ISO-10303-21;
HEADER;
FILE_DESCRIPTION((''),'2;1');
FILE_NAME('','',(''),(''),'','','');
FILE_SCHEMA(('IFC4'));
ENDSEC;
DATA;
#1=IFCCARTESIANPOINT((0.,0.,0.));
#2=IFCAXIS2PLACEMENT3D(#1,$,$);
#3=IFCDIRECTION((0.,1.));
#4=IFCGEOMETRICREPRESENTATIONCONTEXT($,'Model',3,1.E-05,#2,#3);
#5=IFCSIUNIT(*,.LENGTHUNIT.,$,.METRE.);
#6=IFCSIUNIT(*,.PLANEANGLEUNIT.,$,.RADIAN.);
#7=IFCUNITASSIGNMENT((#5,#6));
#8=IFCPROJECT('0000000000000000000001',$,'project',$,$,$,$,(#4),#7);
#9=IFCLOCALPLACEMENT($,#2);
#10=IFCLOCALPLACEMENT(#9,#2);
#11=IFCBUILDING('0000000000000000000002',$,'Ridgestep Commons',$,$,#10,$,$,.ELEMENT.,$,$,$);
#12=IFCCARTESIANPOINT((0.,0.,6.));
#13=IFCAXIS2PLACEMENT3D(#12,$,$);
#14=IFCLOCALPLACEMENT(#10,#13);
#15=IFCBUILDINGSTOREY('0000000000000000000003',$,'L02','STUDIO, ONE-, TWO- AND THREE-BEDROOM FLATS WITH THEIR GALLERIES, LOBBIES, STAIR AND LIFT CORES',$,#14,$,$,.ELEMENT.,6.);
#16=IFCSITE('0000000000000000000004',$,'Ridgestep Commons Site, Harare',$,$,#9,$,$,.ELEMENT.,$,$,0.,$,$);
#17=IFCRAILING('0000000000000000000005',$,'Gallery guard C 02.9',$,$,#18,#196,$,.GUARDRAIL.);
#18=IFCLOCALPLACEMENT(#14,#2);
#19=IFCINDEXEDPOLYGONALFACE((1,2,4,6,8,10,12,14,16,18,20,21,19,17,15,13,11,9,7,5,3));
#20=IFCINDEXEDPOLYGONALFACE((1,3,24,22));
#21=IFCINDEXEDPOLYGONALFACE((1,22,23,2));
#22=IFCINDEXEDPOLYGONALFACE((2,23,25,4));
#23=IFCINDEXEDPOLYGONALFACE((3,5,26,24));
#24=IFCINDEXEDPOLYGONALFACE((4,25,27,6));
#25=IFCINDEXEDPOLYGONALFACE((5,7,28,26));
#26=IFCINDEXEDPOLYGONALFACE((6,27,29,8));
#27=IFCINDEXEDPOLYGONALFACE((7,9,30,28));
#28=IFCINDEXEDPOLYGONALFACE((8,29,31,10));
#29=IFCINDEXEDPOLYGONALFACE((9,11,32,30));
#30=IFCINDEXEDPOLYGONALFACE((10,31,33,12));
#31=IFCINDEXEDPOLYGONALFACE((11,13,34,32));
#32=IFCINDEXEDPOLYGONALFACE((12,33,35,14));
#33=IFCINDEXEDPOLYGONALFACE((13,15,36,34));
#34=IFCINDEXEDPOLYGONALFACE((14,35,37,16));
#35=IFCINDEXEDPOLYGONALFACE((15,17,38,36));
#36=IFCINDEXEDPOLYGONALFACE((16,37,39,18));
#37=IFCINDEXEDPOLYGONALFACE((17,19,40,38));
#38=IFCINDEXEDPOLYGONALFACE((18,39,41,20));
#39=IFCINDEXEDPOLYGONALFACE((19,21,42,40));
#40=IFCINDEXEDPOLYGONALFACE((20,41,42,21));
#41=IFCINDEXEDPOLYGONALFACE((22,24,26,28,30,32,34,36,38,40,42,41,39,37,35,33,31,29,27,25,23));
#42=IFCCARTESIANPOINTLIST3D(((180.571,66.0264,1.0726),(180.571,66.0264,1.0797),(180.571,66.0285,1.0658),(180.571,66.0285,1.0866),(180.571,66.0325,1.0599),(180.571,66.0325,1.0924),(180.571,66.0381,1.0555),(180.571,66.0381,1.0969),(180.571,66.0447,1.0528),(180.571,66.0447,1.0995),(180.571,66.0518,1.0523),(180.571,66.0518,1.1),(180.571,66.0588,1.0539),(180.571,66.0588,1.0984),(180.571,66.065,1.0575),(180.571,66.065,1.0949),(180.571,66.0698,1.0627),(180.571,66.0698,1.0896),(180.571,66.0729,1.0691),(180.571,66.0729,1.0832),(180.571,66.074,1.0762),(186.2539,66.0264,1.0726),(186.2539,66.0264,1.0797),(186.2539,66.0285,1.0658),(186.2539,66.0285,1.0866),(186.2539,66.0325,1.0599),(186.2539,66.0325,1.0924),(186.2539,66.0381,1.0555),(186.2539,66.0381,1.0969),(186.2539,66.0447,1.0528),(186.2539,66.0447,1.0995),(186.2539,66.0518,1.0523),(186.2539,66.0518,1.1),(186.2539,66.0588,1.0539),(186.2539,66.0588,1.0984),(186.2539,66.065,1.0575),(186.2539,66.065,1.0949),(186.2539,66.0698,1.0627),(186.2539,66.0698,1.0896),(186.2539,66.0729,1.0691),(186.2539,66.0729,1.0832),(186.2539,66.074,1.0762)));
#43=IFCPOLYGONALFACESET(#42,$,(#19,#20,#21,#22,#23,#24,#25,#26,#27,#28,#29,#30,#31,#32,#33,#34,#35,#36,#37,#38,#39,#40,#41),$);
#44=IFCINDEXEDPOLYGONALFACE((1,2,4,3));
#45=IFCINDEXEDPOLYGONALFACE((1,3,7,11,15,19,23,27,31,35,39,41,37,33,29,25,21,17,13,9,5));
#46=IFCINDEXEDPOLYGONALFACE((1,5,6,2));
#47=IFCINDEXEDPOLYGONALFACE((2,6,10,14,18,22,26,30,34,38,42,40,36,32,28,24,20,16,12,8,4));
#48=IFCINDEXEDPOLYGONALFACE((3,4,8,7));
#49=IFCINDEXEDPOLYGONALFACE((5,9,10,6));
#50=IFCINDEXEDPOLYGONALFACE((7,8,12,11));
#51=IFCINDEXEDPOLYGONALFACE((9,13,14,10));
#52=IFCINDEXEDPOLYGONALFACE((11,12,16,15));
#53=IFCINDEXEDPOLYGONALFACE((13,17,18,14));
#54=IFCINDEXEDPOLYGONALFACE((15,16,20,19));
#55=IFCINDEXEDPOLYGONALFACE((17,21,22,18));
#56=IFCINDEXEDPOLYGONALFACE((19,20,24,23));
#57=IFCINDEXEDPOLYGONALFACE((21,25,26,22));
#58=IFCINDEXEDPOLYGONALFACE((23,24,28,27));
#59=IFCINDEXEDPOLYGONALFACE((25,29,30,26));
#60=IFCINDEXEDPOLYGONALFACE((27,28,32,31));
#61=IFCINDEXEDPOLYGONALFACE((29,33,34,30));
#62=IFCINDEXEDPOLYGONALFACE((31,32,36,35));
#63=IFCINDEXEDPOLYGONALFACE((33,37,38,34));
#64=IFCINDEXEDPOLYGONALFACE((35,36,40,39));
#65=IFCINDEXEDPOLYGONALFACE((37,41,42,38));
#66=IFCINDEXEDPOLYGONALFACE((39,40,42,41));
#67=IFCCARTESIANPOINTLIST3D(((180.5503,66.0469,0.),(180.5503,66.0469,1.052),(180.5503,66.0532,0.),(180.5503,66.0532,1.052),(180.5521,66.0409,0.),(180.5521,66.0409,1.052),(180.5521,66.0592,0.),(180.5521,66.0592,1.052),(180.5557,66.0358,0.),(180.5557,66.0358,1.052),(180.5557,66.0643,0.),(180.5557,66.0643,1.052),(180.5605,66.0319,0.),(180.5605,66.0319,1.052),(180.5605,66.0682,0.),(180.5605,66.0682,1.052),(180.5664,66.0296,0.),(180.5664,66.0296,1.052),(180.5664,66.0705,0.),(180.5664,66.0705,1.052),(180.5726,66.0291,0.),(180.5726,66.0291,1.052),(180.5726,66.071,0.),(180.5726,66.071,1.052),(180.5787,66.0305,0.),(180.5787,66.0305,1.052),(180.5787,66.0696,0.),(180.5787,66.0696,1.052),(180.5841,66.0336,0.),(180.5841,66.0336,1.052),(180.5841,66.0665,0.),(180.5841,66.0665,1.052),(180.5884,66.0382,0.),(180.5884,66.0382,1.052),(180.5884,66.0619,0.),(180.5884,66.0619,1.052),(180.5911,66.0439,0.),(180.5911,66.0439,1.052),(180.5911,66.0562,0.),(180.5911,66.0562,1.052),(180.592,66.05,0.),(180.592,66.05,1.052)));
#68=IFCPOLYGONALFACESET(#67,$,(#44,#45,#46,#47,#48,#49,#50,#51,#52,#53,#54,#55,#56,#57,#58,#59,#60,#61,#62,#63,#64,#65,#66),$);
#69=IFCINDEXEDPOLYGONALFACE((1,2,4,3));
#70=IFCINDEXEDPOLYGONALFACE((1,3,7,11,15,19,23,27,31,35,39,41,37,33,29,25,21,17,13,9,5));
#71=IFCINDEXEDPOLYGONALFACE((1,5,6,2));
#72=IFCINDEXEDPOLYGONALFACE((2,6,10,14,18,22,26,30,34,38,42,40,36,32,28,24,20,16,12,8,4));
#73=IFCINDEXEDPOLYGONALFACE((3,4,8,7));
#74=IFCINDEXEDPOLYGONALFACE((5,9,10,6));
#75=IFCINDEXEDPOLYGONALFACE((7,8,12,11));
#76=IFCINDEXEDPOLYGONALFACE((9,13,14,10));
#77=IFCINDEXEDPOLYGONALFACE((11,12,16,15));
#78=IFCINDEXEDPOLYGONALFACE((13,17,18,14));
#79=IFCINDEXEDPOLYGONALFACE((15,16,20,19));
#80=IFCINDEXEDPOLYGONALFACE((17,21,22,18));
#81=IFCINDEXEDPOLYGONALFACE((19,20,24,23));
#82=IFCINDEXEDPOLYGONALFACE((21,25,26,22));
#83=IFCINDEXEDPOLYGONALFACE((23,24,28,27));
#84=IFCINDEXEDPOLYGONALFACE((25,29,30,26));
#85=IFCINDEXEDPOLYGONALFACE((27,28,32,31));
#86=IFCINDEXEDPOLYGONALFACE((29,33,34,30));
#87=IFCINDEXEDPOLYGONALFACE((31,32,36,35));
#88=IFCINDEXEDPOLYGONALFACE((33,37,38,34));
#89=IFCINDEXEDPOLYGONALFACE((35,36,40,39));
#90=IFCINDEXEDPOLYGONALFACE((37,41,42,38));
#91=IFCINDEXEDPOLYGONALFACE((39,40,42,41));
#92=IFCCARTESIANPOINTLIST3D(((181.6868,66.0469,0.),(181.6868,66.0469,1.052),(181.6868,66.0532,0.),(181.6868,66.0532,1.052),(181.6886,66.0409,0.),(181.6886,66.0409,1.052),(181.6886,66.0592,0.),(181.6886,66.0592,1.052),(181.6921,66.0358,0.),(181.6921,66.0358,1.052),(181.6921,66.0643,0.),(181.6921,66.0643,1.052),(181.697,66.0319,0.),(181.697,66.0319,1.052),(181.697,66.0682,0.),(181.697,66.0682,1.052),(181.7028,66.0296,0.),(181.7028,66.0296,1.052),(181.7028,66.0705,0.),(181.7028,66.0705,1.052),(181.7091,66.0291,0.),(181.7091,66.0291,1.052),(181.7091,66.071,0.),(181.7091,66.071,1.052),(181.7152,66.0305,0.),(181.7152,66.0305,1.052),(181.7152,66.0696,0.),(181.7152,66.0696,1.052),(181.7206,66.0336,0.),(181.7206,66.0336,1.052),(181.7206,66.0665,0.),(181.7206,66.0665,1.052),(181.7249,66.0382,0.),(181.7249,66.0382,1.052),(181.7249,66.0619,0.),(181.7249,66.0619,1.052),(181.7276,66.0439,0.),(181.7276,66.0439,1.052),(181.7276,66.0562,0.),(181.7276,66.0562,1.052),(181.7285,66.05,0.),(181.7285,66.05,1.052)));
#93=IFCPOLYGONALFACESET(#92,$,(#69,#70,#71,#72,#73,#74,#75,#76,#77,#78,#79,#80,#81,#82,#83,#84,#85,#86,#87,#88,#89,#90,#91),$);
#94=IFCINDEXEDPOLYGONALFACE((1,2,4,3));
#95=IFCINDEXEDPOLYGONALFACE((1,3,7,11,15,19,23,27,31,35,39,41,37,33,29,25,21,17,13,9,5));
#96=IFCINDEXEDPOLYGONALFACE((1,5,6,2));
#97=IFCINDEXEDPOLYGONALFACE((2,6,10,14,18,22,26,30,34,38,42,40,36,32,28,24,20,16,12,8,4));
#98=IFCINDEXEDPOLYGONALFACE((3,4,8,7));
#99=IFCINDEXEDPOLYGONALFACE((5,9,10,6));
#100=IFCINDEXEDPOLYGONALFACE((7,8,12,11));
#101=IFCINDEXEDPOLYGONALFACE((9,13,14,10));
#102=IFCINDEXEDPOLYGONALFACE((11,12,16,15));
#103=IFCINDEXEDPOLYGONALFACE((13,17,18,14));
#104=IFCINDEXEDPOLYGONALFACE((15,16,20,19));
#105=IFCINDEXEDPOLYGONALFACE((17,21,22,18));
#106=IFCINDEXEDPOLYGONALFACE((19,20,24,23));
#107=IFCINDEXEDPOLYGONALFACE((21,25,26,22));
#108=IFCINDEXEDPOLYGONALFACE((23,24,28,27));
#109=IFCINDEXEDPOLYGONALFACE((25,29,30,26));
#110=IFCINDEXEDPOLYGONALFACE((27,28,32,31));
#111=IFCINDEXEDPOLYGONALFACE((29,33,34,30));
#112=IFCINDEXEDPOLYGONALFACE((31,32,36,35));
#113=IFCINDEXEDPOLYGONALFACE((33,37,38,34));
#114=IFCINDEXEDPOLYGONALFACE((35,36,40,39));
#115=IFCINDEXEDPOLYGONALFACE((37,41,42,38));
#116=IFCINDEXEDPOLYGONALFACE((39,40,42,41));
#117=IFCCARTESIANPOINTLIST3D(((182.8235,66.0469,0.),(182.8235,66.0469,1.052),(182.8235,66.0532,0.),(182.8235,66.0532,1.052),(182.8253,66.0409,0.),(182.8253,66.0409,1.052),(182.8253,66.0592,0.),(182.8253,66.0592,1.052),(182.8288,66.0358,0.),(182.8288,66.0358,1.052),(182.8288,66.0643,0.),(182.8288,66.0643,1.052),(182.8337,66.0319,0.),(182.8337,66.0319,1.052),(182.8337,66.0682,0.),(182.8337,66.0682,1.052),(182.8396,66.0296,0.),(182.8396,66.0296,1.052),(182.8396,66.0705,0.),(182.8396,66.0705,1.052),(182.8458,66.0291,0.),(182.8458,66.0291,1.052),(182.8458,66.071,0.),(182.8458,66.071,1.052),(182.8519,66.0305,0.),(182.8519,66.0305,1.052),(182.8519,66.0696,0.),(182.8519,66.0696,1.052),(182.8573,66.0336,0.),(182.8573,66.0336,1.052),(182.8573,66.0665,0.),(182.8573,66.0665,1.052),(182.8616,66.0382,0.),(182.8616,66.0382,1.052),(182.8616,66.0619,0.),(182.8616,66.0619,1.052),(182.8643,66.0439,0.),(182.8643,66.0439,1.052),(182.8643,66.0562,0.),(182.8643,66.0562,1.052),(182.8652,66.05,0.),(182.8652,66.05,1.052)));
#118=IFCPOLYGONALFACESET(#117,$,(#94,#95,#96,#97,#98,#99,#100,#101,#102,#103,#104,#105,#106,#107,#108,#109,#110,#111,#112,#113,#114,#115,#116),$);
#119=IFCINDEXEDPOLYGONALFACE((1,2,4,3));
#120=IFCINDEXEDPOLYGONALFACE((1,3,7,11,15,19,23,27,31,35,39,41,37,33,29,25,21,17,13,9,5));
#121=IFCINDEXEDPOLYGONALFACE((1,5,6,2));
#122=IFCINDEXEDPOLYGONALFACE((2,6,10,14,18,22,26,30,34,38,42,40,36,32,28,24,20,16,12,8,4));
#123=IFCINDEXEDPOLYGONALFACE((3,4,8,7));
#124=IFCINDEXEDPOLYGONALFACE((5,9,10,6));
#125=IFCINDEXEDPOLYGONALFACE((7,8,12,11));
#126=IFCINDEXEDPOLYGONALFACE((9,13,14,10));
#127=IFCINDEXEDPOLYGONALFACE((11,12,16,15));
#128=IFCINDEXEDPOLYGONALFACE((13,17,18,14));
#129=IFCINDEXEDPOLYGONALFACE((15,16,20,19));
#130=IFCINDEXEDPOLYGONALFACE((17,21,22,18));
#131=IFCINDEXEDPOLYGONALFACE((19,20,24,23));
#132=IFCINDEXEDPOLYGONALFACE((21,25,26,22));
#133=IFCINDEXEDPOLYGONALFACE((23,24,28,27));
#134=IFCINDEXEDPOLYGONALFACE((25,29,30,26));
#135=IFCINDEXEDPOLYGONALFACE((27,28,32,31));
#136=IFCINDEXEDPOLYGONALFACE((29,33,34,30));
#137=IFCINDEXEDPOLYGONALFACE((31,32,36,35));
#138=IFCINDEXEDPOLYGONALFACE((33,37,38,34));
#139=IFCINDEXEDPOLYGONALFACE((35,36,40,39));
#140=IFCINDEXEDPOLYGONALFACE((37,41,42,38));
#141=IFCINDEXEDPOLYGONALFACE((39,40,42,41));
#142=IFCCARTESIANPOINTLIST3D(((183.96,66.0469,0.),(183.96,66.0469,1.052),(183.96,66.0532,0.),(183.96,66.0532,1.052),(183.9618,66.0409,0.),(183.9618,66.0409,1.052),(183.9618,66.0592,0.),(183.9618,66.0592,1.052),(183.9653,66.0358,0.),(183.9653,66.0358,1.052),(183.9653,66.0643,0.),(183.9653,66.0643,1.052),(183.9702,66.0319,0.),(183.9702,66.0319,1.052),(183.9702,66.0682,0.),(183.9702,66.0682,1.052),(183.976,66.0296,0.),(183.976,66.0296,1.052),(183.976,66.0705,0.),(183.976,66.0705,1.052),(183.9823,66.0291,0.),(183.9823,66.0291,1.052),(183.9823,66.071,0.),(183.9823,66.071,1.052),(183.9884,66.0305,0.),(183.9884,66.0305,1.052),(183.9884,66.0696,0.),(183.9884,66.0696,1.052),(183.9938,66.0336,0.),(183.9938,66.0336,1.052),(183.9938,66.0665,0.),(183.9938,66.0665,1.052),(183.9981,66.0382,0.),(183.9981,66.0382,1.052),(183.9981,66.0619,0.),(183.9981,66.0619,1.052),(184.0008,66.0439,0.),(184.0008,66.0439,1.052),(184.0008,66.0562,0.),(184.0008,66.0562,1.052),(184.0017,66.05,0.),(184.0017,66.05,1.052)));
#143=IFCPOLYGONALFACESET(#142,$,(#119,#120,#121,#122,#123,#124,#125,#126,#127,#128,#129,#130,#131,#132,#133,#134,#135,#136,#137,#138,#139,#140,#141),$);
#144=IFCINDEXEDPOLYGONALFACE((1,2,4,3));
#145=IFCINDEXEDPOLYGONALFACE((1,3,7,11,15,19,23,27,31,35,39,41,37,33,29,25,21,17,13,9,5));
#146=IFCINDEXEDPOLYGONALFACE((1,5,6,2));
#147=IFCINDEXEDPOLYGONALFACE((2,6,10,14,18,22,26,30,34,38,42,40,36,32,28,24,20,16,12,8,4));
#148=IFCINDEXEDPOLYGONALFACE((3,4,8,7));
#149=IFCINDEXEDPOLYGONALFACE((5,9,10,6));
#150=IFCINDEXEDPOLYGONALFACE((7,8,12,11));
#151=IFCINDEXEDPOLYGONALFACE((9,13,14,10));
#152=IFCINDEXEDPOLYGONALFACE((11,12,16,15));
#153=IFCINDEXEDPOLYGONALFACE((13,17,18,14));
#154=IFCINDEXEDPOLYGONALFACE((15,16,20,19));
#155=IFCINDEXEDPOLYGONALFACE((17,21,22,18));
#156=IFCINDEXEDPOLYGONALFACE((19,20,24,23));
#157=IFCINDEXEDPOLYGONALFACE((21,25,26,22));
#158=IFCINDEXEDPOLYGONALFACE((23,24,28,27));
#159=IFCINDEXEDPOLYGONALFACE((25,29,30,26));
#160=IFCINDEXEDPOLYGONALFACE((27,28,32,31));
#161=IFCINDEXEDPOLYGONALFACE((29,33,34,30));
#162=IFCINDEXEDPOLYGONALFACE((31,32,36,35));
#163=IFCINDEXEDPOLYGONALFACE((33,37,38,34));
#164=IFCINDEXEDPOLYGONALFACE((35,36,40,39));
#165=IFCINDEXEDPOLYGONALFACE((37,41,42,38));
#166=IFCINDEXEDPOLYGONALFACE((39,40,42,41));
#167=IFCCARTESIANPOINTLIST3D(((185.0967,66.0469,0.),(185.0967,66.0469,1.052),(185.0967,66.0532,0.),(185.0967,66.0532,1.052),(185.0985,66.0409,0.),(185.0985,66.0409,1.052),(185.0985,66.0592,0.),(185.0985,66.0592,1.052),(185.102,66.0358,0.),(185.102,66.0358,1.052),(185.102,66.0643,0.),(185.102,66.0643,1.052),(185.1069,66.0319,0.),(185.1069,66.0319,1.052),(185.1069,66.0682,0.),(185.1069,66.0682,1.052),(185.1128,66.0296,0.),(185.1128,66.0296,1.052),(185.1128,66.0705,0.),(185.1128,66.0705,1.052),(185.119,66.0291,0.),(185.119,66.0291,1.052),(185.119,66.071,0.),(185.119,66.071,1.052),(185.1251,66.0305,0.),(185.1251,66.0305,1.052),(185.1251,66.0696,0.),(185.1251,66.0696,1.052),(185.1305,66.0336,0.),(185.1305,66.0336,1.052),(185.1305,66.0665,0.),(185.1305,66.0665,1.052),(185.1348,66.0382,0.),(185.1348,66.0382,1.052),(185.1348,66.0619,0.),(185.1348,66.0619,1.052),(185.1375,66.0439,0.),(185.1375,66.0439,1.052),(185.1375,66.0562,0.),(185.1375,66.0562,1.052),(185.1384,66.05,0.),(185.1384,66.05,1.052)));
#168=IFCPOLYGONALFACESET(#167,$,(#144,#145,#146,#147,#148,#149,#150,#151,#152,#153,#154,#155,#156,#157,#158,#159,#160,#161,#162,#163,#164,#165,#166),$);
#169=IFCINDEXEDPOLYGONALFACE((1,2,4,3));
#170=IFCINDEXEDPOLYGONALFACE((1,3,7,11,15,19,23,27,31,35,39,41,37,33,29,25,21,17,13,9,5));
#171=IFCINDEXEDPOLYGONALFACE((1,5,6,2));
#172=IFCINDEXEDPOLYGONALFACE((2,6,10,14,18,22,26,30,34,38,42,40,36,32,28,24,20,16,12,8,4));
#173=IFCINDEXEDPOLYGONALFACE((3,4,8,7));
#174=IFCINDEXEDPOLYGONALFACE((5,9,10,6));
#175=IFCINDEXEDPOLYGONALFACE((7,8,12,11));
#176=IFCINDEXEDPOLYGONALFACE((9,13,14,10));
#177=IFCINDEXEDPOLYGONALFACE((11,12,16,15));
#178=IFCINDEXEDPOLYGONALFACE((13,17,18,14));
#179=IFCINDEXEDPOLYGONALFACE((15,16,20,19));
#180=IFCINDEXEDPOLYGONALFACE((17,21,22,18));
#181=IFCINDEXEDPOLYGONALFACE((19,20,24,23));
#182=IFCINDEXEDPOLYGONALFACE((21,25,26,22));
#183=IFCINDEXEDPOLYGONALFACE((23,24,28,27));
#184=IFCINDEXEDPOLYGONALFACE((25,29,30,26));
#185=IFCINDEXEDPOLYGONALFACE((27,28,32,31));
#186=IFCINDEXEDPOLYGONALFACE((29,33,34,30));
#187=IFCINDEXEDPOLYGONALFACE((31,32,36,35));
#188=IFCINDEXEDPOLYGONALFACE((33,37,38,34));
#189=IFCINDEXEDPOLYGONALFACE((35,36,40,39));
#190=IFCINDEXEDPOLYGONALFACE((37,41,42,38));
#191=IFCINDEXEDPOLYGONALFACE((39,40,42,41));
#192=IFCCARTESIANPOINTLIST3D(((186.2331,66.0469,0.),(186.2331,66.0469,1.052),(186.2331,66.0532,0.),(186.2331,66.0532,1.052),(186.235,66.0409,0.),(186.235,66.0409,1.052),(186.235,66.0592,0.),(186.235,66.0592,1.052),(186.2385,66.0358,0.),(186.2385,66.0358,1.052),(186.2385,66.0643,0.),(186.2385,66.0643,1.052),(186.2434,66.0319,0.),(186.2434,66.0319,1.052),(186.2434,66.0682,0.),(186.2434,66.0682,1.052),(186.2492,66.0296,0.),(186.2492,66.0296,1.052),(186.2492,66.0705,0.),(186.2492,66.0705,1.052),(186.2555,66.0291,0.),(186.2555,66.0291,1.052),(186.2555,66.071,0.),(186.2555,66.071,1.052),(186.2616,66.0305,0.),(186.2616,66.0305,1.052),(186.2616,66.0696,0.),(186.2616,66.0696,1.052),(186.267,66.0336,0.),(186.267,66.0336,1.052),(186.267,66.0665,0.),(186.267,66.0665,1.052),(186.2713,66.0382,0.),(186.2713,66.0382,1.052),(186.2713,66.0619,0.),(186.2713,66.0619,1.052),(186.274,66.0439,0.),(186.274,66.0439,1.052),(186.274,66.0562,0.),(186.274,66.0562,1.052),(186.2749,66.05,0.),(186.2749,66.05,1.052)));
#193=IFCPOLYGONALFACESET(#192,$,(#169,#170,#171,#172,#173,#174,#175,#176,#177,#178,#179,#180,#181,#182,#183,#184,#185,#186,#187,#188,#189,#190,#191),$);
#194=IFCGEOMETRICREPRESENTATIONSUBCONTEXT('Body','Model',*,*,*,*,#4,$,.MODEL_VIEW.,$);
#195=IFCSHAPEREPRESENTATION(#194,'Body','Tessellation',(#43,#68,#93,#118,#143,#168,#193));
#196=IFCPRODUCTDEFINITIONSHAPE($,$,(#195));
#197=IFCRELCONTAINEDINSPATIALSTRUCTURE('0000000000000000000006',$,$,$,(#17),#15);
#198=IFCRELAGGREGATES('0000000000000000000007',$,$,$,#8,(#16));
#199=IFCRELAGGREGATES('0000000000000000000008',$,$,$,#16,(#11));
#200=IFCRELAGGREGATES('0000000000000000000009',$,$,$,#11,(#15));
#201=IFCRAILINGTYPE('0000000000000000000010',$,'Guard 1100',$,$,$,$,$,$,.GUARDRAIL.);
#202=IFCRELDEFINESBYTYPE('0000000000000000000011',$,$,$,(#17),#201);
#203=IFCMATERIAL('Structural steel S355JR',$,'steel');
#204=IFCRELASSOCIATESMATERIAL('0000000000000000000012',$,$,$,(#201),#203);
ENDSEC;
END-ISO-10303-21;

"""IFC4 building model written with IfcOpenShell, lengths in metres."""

from ifc_helpers import new_model, si_unit, direction, frame, origin, origin_2d, place, context, subcontext, project, spatial, circle, extrude, material, type_object, element, save


model = new_model("IFC4")

# Units and contexts
model_context = context("Model", 3, precision=1e-05, world=origin(), true_north=direction((0.0, 1.0)))
body_context = subcontext(model_context, "Body", "Model", "MODEL_VIEW")
ifc_project = project(units=[si_unit("LENGTHUNIT", "METRE"), si_unit("PLANEANGLEUNIT", "RADIAN")], contexts=[model_context])

# Site, building, storey
site_placement = place(None, origin())
site = spatial("IfcSite", under=ifc_project, at=site_placement, Name="Ridgestep Commons Site, Harare", CompositionType="ELEMENT", RefElevation=0.0)
building_placement = place(site_placement, origin())
building = spatial("IfcBuilding", under=site, at=building_placement, Name="Ridgestep Commons", CompositionType="ELEMENT")
storey_placement = place(building_placement, frame((0.0, 0.0, 6.0)))
storey = spatial("IfcBuildingStorey", under=building, at=storey_placement, Name="L02", Description="STUDIO, ONE-, TWO- AND THREE-BEDROOM FLATS WITH THEIR GALLERIES, LOBBIES, STAIR AND LIFT CORES", CompositionType="ELEMENT", Elevation=6.0)

# Railing
ifc_material_1 = material(Name="Structural steel S355JR", Category="steel")
railing_type_1 = type_object("IfcRailingType", Name="Guard 1100", PredefinedType="GUARDRAIL", material=ifc_material_1)
railing_1_placement = place(storey_placement, frame((180.571, 66.05, 0.0)))
element("IfcRailing", 1, at=railing_1_placement, inside=storey, type_object=railing_type_1, Name="Gallery guard C 02.9", PredefinedType="GUARDRAIL", context=body_context, shape_type="SweptSolid", body=[
    extrude(circle(Radius=0.0239, at=origin_2d()), frame((0.0, 0.0, 1.0762), z_axis=(1.0, 0.0, 0.0), x_axis=(0.0, 1.0, 0.0)), (0.0, 0.0, 1.0), 5.6829),
    extrude(circle(Radius=0.021, at=origin_2d()), origin(), (0.0, 0.0, 1.0), 1.052),
    extrude(circle(Radius=0.021, at=origin_2d()), frame((1.1365, 0.0, 0.0)), (0.0, 0.0, 1.0), 1.052),
    extrude(circle(Radius=0.021, at=origin_2d()), frame((2.2732, 0.0, 0.0)), (0.0, 0.0, 1.0), 1.052),
    extrude(circle(Radius=0.021, at=origin_2d()), frame((3.4097, 0.0, 0.0)), (0.0, 0.0, 1.0), 1.052),
    extrude(circle(Radius=0.021, at=origin_2d()), frame((4.5464, 0.0, 0.0)), (0.0, 0.0, 1.0), 1.052),
    extrude(circle(Radius=0.021, at=origin_2d()), frame((5.6829, 0.0, 0.0)), (0.0, 0.0, 1.0), 1.052),
])

save(model, "model.ifc")
